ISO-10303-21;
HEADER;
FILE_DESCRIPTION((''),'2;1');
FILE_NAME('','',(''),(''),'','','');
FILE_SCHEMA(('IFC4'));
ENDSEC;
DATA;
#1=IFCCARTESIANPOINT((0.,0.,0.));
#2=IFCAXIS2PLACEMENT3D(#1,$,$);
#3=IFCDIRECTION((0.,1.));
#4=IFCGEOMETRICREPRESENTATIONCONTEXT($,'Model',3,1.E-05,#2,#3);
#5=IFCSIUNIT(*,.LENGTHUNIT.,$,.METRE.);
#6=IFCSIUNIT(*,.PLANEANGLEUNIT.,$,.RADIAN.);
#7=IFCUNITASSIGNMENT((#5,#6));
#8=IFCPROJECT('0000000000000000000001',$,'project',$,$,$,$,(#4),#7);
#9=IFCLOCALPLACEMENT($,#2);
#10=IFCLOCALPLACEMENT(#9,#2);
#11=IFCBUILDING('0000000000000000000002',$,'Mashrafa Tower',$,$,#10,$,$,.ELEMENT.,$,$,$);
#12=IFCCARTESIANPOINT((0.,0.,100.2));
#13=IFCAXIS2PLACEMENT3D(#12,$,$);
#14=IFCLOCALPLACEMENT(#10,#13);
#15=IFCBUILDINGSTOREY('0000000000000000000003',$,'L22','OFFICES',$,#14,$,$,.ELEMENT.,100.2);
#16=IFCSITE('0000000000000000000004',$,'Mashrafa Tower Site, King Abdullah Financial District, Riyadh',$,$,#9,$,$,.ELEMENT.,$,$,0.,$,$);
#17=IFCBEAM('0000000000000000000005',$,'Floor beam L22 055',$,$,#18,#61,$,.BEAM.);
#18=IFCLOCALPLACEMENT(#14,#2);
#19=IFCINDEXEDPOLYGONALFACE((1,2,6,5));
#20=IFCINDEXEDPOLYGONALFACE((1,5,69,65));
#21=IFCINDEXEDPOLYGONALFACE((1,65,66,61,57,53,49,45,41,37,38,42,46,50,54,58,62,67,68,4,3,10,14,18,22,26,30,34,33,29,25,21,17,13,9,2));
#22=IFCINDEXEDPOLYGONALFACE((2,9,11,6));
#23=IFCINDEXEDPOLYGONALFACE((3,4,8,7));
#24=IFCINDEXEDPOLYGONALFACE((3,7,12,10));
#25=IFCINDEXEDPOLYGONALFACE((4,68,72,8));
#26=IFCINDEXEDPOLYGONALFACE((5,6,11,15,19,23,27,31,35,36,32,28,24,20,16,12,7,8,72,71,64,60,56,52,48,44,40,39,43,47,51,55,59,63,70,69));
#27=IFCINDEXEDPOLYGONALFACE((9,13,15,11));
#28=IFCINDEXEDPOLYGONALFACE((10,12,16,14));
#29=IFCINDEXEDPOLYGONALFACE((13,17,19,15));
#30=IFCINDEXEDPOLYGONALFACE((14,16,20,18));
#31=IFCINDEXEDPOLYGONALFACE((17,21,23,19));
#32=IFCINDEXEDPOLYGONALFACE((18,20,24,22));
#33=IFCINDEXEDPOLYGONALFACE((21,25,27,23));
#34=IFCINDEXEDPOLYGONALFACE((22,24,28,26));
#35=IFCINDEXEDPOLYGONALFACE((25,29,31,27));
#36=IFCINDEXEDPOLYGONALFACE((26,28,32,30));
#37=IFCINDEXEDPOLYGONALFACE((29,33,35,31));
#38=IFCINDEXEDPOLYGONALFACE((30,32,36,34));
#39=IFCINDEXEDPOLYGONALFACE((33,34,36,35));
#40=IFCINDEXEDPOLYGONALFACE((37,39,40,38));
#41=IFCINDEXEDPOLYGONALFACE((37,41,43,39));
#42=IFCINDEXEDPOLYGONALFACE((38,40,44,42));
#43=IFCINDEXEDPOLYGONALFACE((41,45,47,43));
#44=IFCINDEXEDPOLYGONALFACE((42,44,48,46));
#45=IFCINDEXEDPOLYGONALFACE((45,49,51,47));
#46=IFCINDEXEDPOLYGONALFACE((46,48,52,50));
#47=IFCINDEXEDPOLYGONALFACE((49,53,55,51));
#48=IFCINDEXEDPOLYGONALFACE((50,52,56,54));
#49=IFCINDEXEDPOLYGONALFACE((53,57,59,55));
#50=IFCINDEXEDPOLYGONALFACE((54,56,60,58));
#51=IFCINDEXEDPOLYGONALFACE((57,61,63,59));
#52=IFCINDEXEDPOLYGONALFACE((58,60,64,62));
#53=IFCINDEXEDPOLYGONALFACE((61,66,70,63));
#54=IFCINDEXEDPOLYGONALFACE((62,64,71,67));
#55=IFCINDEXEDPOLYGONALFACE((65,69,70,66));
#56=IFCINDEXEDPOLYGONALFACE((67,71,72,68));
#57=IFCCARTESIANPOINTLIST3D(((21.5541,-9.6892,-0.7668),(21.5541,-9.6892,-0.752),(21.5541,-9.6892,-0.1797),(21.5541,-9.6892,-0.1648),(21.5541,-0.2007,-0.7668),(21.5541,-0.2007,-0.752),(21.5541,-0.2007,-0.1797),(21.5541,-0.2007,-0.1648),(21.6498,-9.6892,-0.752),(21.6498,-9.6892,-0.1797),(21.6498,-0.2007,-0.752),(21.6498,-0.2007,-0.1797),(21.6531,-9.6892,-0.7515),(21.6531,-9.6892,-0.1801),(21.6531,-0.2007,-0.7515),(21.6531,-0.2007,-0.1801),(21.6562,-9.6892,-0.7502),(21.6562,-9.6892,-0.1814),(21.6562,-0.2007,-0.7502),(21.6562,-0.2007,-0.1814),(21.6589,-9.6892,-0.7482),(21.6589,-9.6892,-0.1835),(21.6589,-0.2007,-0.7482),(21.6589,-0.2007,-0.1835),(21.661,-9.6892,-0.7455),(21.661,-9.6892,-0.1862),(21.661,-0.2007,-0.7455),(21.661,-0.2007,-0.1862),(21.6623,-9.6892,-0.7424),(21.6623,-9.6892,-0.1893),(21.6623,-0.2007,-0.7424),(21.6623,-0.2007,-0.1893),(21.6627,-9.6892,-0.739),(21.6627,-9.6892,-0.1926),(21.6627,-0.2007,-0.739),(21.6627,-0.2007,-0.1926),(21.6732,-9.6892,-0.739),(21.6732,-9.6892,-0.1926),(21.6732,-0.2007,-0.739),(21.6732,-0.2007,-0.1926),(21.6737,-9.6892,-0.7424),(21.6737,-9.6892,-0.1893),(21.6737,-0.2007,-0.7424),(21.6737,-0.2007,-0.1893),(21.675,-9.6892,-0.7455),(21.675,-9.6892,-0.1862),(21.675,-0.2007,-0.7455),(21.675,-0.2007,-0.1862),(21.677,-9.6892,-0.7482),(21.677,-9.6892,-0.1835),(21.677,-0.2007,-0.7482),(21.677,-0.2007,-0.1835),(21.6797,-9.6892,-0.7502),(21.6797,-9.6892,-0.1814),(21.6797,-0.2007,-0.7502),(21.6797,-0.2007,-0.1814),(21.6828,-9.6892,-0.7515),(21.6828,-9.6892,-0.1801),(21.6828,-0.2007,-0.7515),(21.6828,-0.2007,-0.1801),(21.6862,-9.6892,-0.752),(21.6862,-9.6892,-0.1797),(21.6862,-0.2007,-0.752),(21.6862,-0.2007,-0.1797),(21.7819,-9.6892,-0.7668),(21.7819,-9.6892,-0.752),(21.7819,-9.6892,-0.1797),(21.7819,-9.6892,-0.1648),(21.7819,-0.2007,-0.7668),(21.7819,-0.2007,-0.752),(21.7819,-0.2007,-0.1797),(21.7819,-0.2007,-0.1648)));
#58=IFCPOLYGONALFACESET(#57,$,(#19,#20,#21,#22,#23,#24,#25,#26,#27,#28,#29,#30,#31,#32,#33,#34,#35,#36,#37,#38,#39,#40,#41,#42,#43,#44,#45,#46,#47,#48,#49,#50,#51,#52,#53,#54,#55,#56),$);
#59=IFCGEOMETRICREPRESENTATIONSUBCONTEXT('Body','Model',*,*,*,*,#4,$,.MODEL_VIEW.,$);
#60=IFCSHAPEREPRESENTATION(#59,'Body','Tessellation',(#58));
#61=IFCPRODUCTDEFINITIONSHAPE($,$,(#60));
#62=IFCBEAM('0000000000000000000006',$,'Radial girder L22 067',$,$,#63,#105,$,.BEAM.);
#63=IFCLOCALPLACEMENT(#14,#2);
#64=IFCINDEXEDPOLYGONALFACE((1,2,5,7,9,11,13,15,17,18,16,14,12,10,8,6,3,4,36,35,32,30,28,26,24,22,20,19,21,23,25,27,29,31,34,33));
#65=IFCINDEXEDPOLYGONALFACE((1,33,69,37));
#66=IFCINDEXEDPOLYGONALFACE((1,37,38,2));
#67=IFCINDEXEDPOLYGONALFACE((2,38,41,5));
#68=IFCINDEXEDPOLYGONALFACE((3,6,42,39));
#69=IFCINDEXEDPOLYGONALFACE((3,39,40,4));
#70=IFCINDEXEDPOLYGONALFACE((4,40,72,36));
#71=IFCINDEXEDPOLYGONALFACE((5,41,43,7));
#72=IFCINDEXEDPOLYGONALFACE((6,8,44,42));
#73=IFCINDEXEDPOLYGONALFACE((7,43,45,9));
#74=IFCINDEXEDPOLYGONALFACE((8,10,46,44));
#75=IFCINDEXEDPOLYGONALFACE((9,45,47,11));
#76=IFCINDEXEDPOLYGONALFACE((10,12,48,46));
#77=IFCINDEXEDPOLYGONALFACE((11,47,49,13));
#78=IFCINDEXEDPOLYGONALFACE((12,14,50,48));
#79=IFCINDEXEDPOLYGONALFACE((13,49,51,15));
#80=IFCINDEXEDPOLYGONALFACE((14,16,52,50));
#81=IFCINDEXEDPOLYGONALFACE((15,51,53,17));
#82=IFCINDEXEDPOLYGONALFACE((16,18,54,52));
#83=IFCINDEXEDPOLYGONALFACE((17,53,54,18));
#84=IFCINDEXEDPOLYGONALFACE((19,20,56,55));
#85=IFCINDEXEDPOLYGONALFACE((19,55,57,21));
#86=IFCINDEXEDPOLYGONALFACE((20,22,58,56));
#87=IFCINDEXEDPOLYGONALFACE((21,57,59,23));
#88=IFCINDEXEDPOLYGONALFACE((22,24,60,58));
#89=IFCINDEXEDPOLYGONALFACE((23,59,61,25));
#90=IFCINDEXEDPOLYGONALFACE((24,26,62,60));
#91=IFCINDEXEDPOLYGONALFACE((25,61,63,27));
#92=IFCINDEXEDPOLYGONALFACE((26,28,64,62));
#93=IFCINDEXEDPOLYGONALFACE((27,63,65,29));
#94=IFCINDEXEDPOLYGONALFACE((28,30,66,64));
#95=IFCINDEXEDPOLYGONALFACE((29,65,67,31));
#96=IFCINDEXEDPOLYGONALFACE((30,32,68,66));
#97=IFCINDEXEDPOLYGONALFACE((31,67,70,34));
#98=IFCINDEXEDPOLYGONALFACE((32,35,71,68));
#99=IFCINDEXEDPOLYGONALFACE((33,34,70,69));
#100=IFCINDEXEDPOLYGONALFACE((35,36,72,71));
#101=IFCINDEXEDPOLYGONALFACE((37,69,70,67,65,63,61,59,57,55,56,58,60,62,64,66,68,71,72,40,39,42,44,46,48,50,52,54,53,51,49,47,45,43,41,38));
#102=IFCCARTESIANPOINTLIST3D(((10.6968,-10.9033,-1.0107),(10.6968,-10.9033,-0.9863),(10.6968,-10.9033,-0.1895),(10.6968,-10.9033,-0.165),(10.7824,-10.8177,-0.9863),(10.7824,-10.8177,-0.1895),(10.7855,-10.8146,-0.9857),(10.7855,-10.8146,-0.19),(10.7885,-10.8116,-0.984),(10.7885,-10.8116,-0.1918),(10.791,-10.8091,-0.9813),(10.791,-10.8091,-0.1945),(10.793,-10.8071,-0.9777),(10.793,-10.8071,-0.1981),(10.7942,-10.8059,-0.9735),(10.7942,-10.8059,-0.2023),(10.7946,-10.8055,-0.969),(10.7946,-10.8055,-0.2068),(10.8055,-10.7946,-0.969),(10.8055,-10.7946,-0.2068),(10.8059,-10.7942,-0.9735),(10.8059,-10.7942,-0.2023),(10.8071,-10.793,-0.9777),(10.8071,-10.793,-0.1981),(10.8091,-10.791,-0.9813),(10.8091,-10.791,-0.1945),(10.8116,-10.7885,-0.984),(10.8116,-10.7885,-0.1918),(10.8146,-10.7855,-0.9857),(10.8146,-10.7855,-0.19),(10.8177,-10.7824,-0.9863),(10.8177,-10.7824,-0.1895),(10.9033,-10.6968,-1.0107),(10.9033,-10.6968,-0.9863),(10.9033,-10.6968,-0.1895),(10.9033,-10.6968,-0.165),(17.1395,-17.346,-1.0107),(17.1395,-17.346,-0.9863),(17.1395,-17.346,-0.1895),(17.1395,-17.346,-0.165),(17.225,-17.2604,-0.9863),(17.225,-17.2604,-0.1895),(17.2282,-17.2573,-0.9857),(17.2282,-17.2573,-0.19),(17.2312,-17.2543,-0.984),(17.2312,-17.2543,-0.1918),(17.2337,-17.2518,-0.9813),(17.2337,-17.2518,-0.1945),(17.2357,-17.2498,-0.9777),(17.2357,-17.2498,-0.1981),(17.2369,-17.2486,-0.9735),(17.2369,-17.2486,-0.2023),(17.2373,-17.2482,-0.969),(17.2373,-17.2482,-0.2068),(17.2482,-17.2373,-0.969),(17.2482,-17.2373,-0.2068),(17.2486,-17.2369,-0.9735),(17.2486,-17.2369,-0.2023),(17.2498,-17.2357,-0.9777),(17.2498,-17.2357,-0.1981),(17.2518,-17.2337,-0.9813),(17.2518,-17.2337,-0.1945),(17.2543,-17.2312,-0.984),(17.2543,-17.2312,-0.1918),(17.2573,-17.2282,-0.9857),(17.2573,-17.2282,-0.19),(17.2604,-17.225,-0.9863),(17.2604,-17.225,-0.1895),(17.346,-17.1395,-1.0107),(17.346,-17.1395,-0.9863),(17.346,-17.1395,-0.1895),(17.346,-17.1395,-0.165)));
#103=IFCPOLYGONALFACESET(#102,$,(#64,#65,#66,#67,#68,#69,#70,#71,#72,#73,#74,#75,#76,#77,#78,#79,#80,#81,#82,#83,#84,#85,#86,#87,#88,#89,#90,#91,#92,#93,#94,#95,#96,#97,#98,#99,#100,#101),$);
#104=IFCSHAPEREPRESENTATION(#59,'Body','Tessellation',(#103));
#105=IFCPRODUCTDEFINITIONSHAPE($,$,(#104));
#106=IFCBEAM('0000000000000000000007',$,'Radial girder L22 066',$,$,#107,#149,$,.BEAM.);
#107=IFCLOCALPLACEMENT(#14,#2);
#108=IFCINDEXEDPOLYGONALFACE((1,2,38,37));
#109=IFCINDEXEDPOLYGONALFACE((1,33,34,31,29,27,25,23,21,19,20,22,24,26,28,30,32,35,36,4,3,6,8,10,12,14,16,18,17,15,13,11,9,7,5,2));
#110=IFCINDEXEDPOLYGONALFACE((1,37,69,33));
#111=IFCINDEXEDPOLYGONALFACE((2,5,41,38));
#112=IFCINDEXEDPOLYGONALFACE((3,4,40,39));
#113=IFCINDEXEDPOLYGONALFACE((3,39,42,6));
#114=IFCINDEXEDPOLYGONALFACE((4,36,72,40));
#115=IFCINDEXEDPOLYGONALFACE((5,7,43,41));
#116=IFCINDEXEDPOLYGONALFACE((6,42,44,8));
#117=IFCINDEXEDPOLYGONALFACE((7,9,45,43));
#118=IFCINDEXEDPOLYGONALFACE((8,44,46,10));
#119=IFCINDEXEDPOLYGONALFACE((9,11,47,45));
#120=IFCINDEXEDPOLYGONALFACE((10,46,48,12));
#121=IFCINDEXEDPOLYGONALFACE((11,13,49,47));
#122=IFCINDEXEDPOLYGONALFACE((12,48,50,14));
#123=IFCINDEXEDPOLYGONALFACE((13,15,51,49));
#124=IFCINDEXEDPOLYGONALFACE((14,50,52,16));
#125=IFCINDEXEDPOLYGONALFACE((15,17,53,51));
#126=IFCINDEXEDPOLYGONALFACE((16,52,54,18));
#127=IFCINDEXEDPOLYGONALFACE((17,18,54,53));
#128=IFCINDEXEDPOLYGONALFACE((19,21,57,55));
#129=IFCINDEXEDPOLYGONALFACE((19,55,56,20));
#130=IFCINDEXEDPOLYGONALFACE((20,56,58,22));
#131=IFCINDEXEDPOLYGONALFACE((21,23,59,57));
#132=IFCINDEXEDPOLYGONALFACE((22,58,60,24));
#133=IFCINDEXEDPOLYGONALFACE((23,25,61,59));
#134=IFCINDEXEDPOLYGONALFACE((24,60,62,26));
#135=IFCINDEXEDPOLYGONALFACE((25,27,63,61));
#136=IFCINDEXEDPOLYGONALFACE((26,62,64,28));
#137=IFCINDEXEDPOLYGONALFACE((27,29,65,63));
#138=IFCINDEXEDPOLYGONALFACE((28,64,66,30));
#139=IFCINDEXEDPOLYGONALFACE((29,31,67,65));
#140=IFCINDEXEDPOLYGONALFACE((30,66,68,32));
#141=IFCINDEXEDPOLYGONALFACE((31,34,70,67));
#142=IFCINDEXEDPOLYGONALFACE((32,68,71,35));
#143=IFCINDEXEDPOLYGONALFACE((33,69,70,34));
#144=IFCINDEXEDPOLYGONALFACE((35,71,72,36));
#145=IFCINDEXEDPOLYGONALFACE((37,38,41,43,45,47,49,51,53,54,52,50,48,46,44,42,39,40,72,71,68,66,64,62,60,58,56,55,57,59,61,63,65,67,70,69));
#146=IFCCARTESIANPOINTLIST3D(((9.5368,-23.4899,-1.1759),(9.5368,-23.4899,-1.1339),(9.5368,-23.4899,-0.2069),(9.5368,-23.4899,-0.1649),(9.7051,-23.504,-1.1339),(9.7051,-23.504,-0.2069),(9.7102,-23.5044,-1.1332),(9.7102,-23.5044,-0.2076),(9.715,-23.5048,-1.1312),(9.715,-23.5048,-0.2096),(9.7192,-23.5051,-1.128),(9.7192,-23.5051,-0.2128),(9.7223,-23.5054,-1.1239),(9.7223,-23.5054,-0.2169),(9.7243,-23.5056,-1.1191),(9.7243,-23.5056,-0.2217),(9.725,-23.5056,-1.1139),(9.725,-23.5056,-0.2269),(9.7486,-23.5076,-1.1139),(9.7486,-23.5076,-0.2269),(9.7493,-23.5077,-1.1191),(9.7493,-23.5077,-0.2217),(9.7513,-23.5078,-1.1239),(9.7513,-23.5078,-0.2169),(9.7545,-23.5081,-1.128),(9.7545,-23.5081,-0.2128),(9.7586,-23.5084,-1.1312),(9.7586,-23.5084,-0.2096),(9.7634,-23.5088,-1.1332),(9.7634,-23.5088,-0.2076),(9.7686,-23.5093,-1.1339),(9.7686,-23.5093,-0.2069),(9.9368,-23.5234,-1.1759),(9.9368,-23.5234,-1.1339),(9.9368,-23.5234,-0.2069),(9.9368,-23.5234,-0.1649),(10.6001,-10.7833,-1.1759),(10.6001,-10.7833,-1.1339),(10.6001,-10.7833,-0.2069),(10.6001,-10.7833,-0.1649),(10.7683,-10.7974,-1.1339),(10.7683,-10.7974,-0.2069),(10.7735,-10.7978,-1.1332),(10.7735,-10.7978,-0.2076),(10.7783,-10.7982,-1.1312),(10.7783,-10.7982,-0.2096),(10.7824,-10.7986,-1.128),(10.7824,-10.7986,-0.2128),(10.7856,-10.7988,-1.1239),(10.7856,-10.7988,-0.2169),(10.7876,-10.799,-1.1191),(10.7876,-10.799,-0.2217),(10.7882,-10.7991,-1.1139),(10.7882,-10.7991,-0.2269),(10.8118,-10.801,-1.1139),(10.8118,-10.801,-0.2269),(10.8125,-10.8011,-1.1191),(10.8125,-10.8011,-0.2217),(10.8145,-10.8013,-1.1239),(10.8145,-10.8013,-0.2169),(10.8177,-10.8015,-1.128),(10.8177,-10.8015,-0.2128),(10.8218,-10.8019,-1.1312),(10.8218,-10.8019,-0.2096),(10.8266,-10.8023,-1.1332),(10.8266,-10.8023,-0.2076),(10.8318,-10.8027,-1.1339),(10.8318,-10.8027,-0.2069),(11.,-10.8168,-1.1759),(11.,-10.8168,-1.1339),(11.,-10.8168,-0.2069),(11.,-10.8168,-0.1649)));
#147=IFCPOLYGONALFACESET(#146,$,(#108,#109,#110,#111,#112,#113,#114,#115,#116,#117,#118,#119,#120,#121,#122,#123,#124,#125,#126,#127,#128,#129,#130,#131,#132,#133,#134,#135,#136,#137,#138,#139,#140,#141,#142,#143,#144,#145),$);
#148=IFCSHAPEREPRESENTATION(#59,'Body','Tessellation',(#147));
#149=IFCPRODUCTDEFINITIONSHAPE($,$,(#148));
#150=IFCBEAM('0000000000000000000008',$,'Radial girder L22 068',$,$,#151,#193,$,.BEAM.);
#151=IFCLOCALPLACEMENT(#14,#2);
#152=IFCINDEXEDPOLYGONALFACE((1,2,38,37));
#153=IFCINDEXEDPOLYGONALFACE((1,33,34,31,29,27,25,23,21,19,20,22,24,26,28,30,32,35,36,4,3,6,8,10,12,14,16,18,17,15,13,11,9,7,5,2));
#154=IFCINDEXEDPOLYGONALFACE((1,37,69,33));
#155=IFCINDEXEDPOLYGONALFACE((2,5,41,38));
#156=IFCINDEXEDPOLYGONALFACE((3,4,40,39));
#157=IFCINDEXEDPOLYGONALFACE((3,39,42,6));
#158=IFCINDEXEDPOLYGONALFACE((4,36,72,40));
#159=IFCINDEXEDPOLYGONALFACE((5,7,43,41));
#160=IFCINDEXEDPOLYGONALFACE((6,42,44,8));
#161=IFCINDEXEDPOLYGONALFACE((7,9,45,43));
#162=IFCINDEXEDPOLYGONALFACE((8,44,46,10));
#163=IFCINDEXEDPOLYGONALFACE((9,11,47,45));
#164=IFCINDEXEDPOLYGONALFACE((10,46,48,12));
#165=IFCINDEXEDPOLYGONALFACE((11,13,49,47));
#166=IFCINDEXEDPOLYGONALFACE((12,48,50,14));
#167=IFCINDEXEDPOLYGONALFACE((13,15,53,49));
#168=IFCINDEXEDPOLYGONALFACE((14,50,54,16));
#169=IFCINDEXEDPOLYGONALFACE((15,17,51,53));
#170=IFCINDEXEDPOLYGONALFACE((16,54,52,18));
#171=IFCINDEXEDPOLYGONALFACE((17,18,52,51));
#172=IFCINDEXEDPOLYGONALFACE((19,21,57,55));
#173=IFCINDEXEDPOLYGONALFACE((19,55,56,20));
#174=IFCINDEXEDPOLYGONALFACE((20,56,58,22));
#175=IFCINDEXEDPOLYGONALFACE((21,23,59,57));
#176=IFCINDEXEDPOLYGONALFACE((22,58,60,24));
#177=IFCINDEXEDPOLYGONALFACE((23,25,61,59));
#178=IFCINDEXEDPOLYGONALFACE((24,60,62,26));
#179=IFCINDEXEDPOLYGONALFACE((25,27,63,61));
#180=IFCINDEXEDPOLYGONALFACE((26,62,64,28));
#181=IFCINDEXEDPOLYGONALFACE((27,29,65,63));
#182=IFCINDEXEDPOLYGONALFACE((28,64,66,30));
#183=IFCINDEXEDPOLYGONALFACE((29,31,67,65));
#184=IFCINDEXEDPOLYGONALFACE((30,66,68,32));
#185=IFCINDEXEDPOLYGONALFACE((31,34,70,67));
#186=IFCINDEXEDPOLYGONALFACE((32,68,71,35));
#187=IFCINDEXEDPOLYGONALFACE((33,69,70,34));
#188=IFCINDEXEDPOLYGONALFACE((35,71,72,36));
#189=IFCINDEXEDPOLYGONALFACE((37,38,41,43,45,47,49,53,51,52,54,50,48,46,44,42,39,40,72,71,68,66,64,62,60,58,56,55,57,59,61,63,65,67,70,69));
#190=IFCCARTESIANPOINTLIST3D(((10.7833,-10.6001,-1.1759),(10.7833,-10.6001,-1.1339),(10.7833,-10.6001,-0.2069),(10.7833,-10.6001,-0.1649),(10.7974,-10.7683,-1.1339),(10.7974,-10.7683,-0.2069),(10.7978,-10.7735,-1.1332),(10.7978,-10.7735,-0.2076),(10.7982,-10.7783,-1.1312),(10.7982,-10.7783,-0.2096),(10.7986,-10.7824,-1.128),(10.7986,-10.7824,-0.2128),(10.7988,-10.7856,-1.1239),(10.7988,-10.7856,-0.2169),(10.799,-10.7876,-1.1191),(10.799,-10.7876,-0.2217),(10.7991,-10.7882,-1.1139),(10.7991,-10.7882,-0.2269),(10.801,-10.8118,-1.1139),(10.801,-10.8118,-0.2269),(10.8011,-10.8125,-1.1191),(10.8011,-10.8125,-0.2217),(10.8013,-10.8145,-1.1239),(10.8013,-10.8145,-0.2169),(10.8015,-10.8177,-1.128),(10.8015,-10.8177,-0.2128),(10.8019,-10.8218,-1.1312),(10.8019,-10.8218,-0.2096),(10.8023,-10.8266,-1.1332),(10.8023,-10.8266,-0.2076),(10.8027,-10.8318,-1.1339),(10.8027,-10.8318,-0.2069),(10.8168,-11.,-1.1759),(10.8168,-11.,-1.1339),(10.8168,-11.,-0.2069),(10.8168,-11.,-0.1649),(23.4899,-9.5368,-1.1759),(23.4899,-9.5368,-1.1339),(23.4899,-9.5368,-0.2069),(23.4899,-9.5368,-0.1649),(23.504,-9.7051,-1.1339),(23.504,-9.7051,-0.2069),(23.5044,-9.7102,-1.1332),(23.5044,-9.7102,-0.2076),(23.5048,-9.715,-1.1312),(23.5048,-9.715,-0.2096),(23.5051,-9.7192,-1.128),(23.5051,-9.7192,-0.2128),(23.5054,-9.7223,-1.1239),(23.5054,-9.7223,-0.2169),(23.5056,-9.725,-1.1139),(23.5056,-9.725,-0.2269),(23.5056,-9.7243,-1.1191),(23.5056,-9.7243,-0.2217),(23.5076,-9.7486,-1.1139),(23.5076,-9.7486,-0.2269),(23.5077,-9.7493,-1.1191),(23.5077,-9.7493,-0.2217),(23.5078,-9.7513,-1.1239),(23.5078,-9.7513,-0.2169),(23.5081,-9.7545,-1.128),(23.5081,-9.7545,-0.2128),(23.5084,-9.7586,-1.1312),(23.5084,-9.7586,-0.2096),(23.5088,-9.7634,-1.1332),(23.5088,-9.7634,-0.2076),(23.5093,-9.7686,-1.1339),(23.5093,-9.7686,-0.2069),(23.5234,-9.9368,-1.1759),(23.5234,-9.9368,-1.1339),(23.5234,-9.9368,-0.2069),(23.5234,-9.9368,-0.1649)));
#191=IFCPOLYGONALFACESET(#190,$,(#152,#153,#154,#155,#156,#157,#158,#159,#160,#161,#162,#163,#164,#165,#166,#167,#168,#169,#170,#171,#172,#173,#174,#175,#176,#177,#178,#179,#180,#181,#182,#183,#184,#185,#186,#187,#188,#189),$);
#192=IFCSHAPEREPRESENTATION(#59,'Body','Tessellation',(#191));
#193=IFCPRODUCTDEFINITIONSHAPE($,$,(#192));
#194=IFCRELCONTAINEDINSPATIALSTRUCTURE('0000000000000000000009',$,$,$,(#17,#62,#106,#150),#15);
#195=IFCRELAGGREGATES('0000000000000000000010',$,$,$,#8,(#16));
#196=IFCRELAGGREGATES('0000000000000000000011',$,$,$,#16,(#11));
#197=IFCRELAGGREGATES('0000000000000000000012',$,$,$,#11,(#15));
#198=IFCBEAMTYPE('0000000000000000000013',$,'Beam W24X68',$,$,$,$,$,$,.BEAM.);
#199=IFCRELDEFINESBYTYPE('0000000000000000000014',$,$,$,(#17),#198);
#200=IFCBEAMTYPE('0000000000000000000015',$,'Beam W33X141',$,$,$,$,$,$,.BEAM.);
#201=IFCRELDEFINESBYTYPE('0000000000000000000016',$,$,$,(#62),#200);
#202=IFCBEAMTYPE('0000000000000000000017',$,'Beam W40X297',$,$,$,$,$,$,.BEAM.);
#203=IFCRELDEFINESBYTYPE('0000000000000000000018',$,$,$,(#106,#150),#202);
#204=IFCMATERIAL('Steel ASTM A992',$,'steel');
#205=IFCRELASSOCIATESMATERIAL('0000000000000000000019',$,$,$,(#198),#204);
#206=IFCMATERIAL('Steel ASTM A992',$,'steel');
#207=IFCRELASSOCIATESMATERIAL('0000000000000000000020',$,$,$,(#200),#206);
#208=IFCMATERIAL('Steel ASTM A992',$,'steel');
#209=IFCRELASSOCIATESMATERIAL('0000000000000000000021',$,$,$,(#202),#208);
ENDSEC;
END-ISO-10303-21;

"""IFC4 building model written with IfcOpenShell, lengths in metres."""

from ifc_helpers import new_model, si_unit, direction, frame, origin, origin_2d, place, context, subcontext, project, spatial, i_section, extrude, material, material_profile, profile_set, type_object, element, save


model = new_model("IFC4")

# Units and contexts
model_context = context("Model", 3, precision=1e-05, world=origin(), true_north=direction((0.0, 1.0)))
body_context = subcontext(model_context, "Body", "Model", "MODEL_VIEW")
ifc_project = project(units=[si_unit("LENGTHUNIT", "METRE"), si_unit("PLANEANGLEUNIT", "RADIAN")], contexts=[model_context])

# Site, building, storey
site_placement = place(None, origin())
site = spatial("IfcSite", under=ifc_project, at=site_placement, Name="Mashrafa Tower Site, King Abdullah Financial District, Riyadh", CompositionType="ELEMENT", RefElevation=0.0)
building_placement = place(site_placement, origin())
building = spatial("IfcBuilding", under=site, at=building_placement, Name="Mashrafa Tower", CompositionType="ELEMENT")
storey_placement = place(building_placement, frame((0.0, 0.0, 100.2)))
storey = spatial("IfcBuildingStorey", under=building, at=storey_placement, Name="L22", Description="OFFICES", CompositionType="ELEMENT", Elevation=100.2)

# Beams
ifc_material_1 = material(Name="Steel ASTM A992", Category="steel")
ifc_material_profile_1 = material_profile(ifc_material_1, i_section(OverallWidth=0.2278, OverallDepth=0.6021, WebThickness=0.0105, FlangeThickness=0.0149, FilletRadius=0.0129, at=origin_2d()), Name="W24X68")
ifc_profile_set_1 = profile_set([ifc_material_profile_1], Name="Steel ASTM A992")
beam_type_1 = type_object("IfcBeamType", Name="Beam W24X68", PredefinedType="BEAM", material=ifc_profile_set_1)
beam_1_placement = place(storey_placement, frame((21.668, -0.2007, -0.4658), z_axis=(0.0, -1.0, 0.0), x_axis=(1.0, 0.0, 0.0)))
element("IfcBeam", 1, at=beam_1_placement, inside=storey, type_object=beam_type_1, Name="Floor beam L22 055", PredefinedType="BEAM", context=body_context, shape_type="SweptSolid", body=[
    extrude(i_section(OverallWidth=0.2278, OverallDepth=0.6021, WebThickness=0.0105, FlangeThickness=0.0149, FilletRadius=0.0129, at=origin_2d()), origin(), (0.0, 0.0, 1.0), 9.4885),
])
ifc_material_2 = material(Name="Steel ASTM A992", Category="steel")
ifc_material_profile_2 = material_profile(ifc_material_2, i_section(OverallWidth=0.292, OverallDepth=0.8457, WebThickness=0.0154, FlangeThickness=0.0244, FilletRadius=0.0173, at=origin_2d()), Name="W33X141")
ifc_profile_set_2 = profile_set([ifc_material_profile_2], Name="Steel ASTM A992")
beam_type_2 = type_object("IfcBeamType", Name="Beam W33X141", PredefinedType="BEAM", material=ifc_profile_set_2)
beam_2_placement = place(storey_placement, frame((10.8, -10.8, -0.5879), z_axis=(0.707107, -0.707107, 0.0), x_axis=(0.707107, 0.707107, 0.0)))
element("IfcBeam", 2, at=beam_2_placement, inside=storey, type_object=beam_type_2, Name="Radial girder L22 067", PredefinedType="BEAM", context=body_context, shape_type="SweptSolid", body=[
    extrude(i_section(OverallWidth=0.292, OverallDepth=0.8457, WebThickness=0.0154, FlangeThickness=0.0244, FilletRadius=0.0173, at=origin_2d()), origin(), (0.0, 0.0, 1.0), 9.1113),
])
ifc_material_3 = material(Name="Steel ASTM A992", Category="steel")
ifc_material_profile_3 = material_profile(ifc_material_3, i_section(OverallWidth=0.4014, OverallDepth=1.011, WebThickness=0.0237, FlangeThickness=0.042, FilletRadius=0.02, at=origin_2d()), Name="W40X297")
ifc_profile_set_3 = profile_set([ifc_material_profile_3], Name="Steel ASTM A992")
beam_type_3 = type_object("IfcBeamType", Name="Beam W40X297", PredefinedType="BEAM", material=ifc_profile_set_3)
for number, where, z_axis, x_axis, name in (
    (3, (10.8, -10.8, -0.6704), (-0.083385, -0.996517, 0.0), (0.996517, -0.083385, 0.0), "Radial girder L22 066"),
    (4, (10.8, -10.8, -0.6704), (0.996517, 0.083385, 0.0), (-0.083385, 0.996517, 0.0), "Radial girder L22 068"),
):
    element("IfcBeam", number, at=place(storey_placement, frame(where, z_axis=z_axis, x_axis=x_axis)), inside=storey, type_object=beam_type_3, Name=name, PredefinedType="BEAM", context=body_context, shape_type="SweptSolid", body=[
        extrude(i_section(OverallWidth=0.4014, OverallDepth=1.011, WebThickness=0.0237, FlangeThickness=0.042, FilletRadius=0.02, at=origin_2d()), origin(), (0.0, 0.0, 1.0), 12.751),
    ])

save(model, "model.ifc")
